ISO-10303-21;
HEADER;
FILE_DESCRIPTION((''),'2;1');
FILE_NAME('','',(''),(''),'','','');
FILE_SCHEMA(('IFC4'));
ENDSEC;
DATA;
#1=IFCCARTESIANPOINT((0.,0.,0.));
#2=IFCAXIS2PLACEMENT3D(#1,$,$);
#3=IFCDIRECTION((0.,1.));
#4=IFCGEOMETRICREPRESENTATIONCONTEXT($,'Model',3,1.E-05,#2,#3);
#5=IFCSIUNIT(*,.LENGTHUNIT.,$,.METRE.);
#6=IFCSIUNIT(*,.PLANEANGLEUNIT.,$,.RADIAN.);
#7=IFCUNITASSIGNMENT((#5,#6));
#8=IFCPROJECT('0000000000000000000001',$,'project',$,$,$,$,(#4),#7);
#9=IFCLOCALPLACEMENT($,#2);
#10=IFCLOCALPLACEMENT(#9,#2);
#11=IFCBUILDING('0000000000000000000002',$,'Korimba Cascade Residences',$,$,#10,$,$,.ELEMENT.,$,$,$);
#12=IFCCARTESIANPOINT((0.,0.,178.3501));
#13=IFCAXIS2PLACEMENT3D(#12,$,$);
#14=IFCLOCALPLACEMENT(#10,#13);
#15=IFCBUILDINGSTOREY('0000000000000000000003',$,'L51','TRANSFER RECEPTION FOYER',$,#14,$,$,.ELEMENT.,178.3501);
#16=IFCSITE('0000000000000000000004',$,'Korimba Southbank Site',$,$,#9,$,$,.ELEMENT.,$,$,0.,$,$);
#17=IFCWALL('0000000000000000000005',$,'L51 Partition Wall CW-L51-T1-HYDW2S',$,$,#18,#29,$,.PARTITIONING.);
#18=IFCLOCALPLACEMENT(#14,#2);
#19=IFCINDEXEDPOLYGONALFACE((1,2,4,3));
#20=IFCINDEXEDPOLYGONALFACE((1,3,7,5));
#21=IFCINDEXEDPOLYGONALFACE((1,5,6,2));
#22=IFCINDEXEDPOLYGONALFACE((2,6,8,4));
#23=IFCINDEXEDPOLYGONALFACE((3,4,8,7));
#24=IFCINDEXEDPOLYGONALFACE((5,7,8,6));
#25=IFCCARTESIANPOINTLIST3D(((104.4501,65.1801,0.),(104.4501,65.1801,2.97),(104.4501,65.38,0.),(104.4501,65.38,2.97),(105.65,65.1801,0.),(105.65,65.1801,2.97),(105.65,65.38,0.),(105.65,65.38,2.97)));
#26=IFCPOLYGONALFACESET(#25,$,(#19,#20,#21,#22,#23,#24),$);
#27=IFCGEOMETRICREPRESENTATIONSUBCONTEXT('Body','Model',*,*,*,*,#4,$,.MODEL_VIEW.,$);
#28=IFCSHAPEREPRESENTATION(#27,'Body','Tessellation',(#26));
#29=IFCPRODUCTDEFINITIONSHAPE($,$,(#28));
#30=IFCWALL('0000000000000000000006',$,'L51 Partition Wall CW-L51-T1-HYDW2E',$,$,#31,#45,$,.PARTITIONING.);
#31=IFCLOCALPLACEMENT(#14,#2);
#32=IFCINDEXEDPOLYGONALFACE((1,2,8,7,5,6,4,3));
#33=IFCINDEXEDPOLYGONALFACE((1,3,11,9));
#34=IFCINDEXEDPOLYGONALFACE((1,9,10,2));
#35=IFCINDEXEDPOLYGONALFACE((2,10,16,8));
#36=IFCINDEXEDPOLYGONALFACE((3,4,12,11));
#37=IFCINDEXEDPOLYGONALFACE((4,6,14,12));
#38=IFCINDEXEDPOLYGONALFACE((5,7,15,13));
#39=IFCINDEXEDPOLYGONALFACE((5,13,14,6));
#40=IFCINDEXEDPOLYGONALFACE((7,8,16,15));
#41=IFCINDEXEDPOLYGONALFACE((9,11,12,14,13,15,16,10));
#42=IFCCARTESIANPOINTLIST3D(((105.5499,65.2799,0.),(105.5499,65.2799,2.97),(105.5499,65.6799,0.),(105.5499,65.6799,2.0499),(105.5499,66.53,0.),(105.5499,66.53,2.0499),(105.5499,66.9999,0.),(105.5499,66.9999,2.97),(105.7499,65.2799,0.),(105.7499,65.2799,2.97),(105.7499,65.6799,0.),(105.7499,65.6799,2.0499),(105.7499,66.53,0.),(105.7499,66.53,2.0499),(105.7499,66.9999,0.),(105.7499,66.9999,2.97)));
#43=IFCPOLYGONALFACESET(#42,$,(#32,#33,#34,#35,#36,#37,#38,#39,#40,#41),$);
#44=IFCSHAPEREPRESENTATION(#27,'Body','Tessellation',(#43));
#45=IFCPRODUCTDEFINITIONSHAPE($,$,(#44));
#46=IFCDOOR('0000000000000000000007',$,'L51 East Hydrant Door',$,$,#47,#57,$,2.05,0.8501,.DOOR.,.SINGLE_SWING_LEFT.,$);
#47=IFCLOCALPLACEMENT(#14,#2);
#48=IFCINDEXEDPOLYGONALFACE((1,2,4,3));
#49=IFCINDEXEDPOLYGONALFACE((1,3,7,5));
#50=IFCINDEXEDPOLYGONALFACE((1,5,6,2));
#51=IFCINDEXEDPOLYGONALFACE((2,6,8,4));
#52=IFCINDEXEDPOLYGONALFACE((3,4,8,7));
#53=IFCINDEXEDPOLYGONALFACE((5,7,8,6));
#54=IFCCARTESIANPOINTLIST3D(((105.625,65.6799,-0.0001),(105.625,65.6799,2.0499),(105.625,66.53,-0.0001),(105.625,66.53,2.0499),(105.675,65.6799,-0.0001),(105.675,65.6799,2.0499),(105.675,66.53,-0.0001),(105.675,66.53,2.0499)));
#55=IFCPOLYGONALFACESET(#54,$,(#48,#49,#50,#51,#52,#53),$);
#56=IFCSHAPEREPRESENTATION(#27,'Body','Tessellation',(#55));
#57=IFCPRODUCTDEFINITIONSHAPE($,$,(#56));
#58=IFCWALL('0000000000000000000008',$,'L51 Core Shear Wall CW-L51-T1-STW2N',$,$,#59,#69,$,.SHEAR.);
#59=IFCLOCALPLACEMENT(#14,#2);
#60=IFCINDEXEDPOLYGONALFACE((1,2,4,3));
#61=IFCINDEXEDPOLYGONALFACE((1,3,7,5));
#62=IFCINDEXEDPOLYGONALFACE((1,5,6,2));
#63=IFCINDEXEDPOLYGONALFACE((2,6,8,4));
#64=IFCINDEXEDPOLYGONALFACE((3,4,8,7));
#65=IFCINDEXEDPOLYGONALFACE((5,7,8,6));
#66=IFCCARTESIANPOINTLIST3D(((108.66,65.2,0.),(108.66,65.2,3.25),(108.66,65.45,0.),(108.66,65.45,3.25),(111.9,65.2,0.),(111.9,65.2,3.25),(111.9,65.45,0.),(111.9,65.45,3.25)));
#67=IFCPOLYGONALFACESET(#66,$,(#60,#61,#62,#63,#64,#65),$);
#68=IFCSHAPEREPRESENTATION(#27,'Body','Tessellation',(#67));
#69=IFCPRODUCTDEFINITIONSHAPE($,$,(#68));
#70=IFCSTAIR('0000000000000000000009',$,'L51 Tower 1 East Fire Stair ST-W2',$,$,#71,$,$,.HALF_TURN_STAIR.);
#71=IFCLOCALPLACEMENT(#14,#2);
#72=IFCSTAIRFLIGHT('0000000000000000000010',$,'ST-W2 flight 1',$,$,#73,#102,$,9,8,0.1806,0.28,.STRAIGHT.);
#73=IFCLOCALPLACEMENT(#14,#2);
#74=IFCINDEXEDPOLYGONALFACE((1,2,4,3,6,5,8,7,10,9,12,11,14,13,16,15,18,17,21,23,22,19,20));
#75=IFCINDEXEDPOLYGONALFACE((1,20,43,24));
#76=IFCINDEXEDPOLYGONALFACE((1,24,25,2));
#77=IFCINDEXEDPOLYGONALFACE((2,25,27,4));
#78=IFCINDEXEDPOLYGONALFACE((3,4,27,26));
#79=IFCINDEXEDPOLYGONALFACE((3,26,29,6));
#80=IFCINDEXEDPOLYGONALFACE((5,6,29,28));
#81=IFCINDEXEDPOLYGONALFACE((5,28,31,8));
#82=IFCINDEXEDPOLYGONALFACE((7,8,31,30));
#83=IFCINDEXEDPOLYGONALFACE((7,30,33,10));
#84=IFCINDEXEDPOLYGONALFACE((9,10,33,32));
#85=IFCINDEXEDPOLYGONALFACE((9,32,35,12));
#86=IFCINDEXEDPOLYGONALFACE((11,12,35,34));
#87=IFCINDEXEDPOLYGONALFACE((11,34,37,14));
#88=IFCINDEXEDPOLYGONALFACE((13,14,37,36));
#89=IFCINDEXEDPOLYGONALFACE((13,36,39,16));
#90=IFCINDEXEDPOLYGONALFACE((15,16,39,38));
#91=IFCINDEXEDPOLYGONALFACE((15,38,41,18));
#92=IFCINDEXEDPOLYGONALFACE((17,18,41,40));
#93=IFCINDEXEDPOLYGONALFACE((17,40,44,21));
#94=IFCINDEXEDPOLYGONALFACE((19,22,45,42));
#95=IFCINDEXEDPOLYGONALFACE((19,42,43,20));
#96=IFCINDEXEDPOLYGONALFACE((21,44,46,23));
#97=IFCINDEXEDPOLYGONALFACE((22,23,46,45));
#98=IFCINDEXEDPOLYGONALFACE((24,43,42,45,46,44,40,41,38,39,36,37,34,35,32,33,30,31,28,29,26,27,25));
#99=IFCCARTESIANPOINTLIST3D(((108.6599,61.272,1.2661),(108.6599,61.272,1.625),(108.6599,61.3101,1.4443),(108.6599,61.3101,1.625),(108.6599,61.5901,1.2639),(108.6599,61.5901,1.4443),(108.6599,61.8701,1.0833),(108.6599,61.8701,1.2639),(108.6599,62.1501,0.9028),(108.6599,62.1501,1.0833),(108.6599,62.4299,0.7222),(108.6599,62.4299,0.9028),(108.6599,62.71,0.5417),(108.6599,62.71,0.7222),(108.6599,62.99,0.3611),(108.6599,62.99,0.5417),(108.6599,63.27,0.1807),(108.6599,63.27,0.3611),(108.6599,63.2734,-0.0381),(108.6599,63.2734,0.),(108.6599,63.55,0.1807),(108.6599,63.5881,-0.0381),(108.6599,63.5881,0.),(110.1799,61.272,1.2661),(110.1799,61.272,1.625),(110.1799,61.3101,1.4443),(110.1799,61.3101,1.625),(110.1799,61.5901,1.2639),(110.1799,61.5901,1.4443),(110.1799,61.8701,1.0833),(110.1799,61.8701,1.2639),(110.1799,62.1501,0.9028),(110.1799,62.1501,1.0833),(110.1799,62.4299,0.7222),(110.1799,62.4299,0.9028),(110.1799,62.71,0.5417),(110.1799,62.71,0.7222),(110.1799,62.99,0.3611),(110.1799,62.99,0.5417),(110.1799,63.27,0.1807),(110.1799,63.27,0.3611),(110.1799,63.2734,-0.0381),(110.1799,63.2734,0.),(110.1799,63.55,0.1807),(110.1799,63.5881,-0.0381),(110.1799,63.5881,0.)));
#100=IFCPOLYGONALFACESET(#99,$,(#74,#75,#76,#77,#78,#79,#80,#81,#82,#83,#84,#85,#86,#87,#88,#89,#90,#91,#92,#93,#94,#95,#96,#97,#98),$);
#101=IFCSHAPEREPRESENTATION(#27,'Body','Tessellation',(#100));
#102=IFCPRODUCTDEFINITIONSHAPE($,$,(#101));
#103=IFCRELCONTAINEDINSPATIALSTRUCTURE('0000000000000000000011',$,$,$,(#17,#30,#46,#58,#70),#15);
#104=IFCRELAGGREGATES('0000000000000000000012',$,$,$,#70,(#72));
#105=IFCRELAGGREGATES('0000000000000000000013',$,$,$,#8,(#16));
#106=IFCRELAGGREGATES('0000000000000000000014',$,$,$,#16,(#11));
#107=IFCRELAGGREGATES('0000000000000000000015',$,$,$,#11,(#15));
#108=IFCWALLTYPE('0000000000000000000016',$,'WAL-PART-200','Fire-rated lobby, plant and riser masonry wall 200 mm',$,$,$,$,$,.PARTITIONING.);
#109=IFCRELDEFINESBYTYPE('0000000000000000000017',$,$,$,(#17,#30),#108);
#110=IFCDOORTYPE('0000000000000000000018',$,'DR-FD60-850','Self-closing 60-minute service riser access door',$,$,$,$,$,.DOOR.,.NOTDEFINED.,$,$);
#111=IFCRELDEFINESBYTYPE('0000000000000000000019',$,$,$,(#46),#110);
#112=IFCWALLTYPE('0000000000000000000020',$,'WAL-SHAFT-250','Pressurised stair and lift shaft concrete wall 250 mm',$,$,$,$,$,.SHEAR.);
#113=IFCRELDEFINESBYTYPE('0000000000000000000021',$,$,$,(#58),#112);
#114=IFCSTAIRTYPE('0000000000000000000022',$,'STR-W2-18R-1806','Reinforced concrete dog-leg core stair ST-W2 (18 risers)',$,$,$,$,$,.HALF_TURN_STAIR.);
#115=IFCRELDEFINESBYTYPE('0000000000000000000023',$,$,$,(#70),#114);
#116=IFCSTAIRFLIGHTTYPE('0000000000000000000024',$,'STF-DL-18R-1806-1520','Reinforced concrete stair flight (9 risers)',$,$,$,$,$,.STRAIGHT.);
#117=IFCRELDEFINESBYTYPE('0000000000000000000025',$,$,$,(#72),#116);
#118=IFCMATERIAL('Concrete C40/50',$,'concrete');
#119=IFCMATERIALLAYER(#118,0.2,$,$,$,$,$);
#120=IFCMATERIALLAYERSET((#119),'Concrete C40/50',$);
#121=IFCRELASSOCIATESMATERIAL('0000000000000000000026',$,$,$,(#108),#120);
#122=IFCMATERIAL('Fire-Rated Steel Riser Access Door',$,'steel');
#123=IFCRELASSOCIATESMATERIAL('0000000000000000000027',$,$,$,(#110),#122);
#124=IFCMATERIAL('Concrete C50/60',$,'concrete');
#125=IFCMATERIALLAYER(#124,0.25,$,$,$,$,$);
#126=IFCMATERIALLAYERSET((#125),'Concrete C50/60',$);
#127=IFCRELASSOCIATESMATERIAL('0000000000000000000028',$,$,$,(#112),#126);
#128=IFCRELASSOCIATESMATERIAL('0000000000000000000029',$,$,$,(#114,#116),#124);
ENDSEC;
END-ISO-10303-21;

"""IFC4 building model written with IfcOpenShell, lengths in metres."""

from ifc_helpers import new_model, si_unit, direction, frame, frame_2d, origin, place, context, subcontext, project, spatial, polyline, rectangle, outline, extrude, material, layer, layer_set, type_object, element, fill, aggregate, save


model = new_model("IFC4")

# Units and contexts
model_context = context("Model", 3, precision=1e-05, world=origin(), true_north=direction((0.0, 1.0)))
body_context = subcontext(model_context, "Body", "Model", "MODEL_VIEW")
ifc_project = project(units=[si_unit("LENGTHUNIT", "METRE"), si_unit("PLANEANGLEUNIT", "RADIAN")], contexts=[model_context])

# Site, building, storey
site_placement = place(None, origin())
site = spatial("IfcSite", under=ifc_project, at=site_placement, Name="Korimba Southbank Site", CompositionType="ELEMENT", RefElevation=0.0)
building_placement = place(site_placement, origin())
building = spatial("IfcBuilding", under=site, at=building_placement, Name="Korimba Cascade Residences", CompositionType="ELEMENT")
storey_placement = place(building_placement, frame((0.0, 0.0, 178.3501)))
storey = spatial("IfcBuildingStorey", under=building, at=storey_placement, Name="L51", Description="TRANSFER RECEPTION FOYER", CompositionType="ELEMENT", Elevation=178.3501)

# Wall
ifc_material_1 = material(Name="Concrete C40/50", Category="concrete")
ifc_layer_1 = layer(ifc_material_1, 0.2)
ifc_layer_set_1 = layer_set([ifc_layer_1], Name="Concrete C40/50")
wall_type_1 = type_object("IfcWallType", Name="WAL-PART-200", Description="Fire-rated lobby, plant and riser masonry wall 200 mm", PredefinedType="PARTITIONING", material=ifc_layer_set_1)
wall_1_placement = place(storey_placement, frame((104.45, 65.28, 0.0), z_axis=(0.0, 0.0, 1.0), x_axis=(1.0, 0.0, 0.0)))
element("IfcWall", 1, at=wall_1_placement, inside=storey, type_object=wall_type_1, Name="L51 Partition Wall CW-L51-T1-HYDW2S", PredefinedType="PARTITIONING", context=body_context, shape_type="SweptSolid", body=[
    extrude(rectangle(XDim=1.2, YDim=0.2, at=frame_2d((0.6001, 0.0))), origin(), (0.0, 0.0, 1.0), 2.97),
])

# Wall, opening, door
wall_2_placement = place(storey_placement, frame((105.6499, 65.28, 0.0), z_axis=(0.0, 0.0, 1.0), x_axis=(0.0, 1.0, 0.0)))
wall_2 = element("IfcWall", 2, at=wall_2_placement, inside=storey, type_object=wall_type_1, Name="L51 Partition Wall CW-L51-T1-HYDW2E", PredefinedType="PARTITIONING", context=body_context, shape_type="SweptSolid", body=[
    extrude(rectangle(XDim=1.72, YDim=0.2, at=frame_2d((0.8599, 0.0))), origin(), (0.0, 0.0, 1.0), 2.97),
])
opening_1_placement = place(wall_2_placement, frame((0.3999, 0.0, 0.0)))
opening_1 = element("IfcOpeningElement", 3, at=opening_1_placement, cuts=wall_2, PredefinedType="OPENING", context=body_context, shape_type="SweptSolid", body=[
    extrude(rectangle(XDim=0.8501, YDim=2.05, at=frame_2d((0.425, 1.0249))), frame((0.0, 0.1099, 0.0), z_axis=(0.0, -1.0, 0.0), x_axis=(1.0, 0.0, 0.0)), (0.0, 0.0, 1.0), 0.22),
])
ifc_material_2 = material(Name="Fire-Rated Steel Riser Access Door", Category="steel")
door_type_1 = type_object("IfcDoorType", Name="DR-FD60-850", Description="Self-closing 60-minute service riser access door", OperationType="NOTDEFINED", PredefinedType="DOOR", material=ifc_material_2)
door_1_placement = place(opening_1_placement, origin())
door_1 = element("IfcDoor", 4, at=door_1_placement, inside=storey, type_object=door_type_1, Name="L51 East Hydrant Door", OperationType="SINGLE_SWING_LEFT", OverallHeight=2.05, OverallWidth=0.8501, PredefinedType="DOOR", context=body_context, shape_type="SweptSolid", body=[
    extrude(rectangle(XDim=0.8501, YDim=2.05, at=frame_2d((0.425, 1.0249))), frame((0.0, 0.0249, 0.0), z_axis=(0.0, -1.0, 0.0), x_axis=(1.0, 0.0, 0.0)), (0.0, 0.0, 1.0), 0.05),
])
fill(opening_1, door_1)

# Wall
ifc_material_3 = material(Name="Concrete C50/60", Category="concrete")
ifc_layer_2 = layer(ifc_material_3, 0.25)
ifc_layer_set_2 = layer_set([ifc_layer_2], Name="Concrete C50/60")
wall_type_2 = type_object("IfcWallType", Name="WAL-SHAFT-250", Description="Pressurised stair and lift shaft concrete wall 250 mm", PredefinedType="SHEAR", material=ifc_layer_set_2)
wall_3_placement = place(storey_placement, frame((108.6599, 65.325, 0.0), z_axis=(0.0, 0.0, 1.0), x_axis=(1.0, 0.0, 0.0)))
element("IfcWall", 5, at=wall_3_placement, inside=storey, type_object=wall_type_2, Name="L51 Core Shear Wall CW-L51-T1-STW2N", PredefinedType="SHEAR", context=body_context, shape_type="SweptSolid", body=[
    extrude(rectangle(XDim=3.24, YDim=0.25, at=frame_2d((1.6201, 0.0))), origin(), (0.0, 0.0, 1.0), 3.25),
])

# Stair, stair flight
stair_type = type_object("IfcStairType", Name="STR-W2-18R-1806", Description="Reinforced concrete dog-leg core stair ST-W2 (18 risers)", PredefinedType="HALF_TURN_STAIR", material=ifc_material_3)
stair_placement = place(storey_placement, origin())
stair = element("IfcStair", 6, at=stair_placement, inside=storey, type_object=stair_type, Name="L51 Tower 1 East Fire Stair ST-W2", PredefinedType="HALF_TURN_STAIR")
stair_flight_type = type_object("IfcStairFlightType", Name="STF-DL-18R-1806-1520", Description="Reinforced concrete stair flight (9 risers)", PredefinedType="STRAIGHT", material=ifc_material_3)
stair_flight_placement = place(storey_placement, frame((109.4199, 63.55, 0.0), z_axis=(0.0, 0.0, 1.0), x_axis=(0.0, -1.0, 0.0)))
stair_flight = element("IfcStairFlight", 7, at=stair_flight_placement, type_object=stair_flight_type, Name="ST-W2 flight 1", NumberOfRisers=9, NumberOfTreads=8, PredefinedType="STRAIGHT", RiserHeight=0.1806, TreadLength=0.28, context=body_context, shape_type="SweptSolid", body=[
    extrude(outline(polyline([(-0.0381, 0.0), (0.0, 0.1807), (0.28, 0.1807), (0.28, 0.3611), (0.5601, 0.3611), (0.5601, 0.5417), (0.8401, 0.5417), (0.8401, 0.7222), (1.1201, 0.7222), (1.1201, 0.9028), (1.3999, 0.9028), (1.3999, 1.0833), (1.6799, 1.0833), (1.6799, 1.2639), (1.96, 1.2639), (1.96, 1.4443), (2.24, 1.4443), (2.24, 1.625), (2.2781, 1.625), (2.2781, 1.2661), (0.2766, 0.0), (0.2766, -0.0381), (-0.0381, -0.0381), (-0.0381, 0.0)])), frame((0.0, 0.76, 0.0), z_axis=(0.0, -1.0, 0.0), x_axis=(1.0, 0.0, 0.0)), (0.0, 0.0, 1.0), 1.52),
])
aggregate(stair, [stair_flight])

save(model, "model.ifc")
